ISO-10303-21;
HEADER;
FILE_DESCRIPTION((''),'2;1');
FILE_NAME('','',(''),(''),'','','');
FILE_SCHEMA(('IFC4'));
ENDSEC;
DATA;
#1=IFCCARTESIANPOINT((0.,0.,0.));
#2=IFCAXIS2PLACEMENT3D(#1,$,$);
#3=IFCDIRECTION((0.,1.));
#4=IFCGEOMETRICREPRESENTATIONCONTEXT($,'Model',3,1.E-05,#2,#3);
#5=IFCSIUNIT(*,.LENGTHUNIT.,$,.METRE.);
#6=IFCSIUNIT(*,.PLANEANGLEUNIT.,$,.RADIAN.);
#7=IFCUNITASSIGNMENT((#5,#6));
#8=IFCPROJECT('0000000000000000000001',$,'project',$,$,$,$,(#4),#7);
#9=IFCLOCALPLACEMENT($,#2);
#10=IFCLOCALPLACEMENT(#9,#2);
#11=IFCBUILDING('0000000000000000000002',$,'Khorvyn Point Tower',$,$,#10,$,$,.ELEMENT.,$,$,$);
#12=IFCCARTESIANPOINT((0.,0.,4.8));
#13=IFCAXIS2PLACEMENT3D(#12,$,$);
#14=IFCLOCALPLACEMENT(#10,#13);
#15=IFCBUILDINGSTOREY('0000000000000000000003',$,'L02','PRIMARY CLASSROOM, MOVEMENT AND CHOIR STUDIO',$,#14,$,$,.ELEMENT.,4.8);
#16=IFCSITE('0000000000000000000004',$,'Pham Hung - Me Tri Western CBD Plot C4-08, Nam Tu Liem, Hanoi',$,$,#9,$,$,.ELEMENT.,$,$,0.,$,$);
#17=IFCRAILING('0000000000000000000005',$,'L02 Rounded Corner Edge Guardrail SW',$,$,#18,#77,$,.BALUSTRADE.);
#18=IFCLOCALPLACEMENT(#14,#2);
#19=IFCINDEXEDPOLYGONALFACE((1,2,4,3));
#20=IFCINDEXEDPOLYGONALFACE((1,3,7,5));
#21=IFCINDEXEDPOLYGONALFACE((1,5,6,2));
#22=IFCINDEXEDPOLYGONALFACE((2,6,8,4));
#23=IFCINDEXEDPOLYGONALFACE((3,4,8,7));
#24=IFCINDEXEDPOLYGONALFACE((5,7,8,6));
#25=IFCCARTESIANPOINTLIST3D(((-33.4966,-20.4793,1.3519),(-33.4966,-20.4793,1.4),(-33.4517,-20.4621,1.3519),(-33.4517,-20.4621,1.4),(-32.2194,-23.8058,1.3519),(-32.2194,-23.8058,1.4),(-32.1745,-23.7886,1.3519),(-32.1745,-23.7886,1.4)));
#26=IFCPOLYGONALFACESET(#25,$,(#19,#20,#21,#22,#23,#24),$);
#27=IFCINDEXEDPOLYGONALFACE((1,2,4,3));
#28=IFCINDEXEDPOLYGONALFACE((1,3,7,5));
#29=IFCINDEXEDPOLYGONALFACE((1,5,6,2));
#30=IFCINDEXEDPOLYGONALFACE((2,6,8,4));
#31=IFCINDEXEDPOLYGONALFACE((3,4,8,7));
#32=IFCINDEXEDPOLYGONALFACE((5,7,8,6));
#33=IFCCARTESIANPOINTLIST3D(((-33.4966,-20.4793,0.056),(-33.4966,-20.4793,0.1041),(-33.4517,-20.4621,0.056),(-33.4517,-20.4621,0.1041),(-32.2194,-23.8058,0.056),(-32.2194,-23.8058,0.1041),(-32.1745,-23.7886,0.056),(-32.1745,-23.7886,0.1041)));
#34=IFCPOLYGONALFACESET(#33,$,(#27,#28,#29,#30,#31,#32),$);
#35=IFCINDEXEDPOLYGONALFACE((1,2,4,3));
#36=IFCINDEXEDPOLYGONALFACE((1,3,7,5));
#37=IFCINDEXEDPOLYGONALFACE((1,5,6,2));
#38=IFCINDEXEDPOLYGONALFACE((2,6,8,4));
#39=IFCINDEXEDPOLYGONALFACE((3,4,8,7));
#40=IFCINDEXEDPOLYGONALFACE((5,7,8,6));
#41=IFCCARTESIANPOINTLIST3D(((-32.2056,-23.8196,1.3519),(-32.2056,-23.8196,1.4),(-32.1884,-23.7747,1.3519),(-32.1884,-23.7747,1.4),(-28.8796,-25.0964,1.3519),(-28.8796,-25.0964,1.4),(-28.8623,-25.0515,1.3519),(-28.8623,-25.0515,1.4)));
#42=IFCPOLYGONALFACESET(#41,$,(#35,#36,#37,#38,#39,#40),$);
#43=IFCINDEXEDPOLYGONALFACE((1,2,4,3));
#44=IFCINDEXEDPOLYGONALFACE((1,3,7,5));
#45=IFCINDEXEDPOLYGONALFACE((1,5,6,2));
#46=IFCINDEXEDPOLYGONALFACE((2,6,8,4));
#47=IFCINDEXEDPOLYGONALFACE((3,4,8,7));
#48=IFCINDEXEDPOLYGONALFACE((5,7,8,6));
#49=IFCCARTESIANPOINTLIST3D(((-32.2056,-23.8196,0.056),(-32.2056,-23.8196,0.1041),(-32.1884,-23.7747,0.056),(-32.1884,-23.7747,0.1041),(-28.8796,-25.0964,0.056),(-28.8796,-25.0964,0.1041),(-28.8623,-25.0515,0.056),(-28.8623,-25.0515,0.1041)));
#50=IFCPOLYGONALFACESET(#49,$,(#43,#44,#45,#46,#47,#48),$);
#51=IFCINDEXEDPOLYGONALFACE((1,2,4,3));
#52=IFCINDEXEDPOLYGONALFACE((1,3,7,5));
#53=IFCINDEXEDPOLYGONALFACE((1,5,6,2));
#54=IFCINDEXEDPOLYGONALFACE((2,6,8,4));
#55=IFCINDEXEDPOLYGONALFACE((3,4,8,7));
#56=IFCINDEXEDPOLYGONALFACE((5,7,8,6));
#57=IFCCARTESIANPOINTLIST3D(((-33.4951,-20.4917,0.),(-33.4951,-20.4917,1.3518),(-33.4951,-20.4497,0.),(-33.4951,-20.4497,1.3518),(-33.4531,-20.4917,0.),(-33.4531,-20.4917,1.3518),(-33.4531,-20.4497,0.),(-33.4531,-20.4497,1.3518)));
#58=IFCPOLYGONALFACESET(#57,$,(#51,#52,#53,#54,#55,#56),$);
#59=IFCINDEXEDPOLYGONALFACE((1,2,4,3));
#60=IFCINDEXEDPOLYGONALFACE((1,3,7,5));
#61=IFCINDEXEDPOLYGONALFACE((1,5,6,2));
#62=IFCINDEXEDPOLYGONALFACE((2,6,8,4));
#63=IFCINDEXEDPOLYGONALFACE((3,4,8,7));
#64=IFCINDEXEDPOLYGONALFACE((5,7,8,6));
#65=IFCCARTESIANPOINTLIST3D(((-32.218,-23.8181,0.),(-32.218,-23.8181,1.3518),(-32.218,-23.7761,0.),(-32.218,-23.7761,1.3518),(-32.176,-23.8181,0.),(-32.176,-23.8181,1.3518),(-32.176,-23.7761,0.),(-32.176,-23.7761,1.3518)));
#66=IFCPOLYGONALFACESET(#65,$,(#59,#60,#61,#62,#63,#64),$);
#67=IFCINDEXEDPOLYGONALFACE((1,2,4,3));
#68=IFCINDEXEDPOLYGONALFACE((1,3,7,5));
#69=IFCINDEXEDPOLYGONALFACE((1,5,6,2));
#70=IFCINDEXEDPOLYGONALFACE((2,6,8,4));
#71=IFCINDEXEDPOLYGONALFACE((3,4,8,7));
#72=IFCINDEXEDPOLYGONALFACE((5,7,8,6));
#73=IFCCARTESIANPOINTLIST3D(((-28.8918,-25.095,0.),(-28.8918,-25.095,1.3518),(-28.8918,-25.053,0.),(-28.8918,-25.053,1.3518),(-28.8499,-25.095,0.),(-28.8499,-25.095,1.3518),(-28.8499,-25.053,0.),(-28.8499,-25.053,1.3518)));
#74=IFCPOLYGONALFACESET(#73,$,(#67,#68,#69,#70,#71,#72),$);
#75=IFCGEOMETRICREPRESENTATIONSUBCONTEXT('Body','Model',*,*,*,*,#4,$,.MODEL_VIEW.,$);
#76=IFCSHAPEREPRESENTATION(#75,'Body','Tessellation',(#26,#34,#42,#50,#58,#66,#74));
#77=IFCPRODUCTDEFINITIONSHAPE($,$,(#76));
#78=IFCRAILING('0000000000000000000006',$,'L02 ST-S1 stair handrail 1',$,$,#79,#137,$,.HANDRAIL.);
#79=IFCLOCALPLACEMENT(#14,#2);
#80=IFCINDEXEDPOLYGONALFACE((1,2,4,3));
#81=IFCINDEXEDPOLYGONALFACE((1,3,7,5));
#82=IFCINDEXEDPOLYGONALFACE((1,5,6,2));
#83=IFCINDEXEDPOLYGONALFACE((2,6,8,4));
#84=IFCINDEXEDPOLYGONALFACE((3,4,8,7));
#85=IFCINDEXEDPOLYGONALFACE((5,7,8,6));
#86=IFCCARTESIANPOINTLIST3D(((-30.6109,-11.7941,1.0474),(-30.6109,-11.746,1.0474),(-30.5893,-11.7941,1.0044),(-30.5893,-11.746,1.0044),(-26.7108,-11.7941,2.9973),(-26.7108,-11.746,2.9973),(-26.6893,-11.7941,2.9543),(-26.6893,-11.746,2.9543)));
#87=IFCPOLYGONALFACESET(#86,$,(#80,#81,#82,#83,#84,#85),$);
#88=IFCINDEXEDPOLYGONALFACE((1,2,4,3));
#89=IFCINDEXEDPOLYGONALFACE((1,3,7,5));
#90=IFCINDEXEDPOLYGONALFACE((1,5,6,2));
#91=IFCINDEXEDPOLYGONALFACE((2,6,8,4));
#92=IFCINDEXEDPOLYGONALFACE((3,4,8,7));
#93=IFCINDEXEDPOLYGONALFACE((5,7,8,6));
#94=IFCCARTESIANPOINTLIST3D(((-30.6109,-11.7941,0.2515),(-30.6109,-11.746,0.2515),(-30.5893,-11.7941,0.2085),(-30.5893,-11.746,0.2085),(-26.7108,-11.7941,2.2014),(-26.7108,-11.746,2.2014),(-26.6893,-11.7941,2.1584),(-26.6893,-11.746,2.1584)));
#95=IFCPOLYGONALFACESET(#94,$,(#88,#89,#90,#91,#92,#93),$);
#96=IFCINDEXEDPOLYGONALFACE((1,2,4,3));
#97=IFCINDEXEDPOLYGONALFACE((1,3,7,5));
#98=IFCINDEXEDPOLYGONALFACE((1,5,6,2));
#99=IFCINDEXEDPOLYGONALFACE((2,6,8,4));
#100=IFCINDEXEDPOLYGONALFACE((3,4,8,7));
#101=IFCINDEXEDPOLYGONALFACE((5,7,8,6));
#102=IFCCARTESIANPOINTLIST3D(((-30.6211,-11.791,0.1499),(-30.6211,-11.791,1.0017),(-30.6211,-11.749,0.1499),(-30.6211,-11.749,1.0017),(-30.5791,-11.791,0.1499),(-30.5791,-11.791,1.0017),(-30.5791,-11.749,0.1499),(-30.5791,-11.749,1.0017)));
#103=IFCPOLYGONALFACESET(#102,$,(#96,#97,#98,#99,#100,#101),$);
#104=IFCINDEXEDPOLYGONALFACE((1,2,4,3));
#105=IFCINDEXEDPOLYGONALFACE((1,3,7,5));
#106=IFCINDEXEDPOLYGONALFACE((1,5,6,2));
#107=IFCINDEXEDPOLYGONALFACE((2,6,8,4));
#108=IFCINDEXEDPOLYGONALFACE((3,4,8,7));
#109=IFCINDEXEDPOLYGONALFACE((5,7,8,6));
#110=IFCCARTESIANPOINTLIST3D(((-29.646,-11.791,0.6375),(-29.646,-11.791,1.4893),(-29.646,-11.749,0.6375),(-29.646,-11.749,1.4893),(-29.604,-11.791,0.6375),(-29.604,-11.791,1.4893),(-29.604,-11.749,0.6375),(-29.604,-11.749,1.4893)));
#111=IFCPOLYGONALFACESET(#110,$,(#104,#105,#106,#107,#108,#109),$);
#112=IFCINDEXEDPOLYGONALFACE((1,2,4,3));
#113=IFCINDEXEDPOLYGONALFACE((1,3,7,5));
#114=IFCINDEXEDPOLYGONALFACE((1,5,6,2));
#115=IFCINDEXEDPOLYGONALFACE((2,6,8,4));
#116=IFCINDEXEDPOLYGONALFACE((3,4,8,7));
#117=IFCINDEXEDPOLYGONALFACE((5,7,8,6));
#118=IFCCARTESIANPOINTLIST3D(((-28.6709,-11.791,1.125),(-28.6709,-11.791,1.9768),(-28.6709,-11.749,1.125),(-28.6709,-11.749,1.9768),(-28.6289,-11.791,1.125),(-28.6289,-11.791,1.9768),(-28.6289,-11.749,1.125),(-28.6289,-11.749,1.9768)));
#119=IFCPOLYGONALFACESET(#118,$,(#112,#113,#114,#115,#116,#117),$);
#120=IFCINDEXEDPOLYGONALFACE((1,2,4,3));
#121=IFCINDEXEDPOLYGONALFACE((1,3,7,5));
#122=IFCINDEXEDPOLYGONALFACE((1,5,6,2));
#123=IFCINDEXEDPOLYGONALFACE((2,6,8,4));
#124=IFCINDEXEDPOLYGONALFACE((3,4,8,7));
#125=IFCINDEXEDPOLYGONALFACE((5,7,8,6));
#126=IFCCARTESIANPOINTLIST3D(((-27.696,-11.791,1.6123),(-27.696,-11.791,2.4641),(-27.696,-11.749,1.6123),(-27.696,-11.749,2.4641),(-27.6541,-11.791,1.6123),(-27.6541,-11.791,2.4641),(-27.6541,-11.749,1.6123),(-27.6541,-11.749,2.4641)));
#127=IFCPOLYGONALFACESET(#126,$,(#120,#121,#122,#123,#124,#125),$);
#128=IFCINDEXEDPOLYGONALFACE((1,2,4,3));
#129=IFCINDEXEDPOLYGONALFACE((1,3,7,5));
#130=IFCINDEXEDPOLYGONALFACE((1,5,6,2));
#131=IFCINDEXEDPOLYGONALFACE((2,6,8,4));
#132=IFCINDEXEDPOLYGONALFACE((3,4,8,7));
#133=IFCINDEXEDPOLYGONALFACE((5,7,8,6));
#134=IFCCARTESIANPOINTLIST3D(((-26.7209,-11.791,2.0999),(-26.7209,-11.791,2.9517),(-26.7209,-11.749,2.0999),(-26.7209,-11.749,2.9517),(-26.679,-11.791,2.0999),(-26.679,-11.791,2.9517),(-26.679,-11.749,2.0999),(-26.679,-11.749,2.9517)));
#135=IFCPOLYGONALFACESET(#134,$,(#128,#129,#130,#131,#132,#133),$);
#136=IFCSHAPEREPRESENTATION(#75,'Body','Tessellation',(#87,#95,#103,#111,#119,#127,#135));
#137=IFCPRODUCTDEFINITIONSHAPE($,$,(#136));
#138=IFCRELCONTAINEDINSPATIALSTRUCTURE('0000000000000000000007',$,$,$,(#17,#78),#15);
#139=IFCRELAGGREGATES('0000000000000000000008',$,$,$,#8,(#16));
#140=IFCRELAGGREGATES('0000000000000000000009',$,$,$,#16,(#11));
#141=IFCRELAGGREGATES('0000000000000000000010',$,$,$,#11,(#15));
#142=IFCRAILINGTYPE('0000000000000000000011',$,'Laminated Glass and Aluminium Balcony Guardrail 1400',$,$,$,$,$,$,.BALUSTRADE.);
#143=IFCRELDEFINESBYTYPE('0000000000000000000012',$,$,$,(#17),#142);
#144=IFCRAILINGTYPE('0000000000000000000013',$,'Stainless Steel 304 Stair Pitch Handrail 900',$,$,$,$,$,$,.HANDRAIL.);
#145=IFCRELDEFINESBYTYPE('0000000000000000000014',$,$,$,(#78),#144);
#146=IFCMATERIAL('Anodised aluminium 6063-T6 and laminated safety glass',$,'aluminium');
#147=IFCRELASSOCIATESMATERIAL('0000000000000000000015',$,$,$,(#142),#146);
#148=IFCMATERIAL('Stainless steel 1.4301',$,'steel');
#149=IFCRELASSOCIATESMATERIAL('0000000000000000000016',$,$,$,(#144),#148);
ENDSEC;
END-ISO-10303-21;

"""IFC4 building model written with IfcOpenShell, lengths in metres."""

from ifc_helpers import new_model, si_unit, direction, frame, origin, origin_2d, place, context, subcontext, project, spatial, rectangle, extrude, material, type_object, element, save


model = new_model("IFC4")

# Units and contexts
model_context = context("Model", 3, precision=1e-05, world=origin(), true_north=direction((0.0, 1.0)))
body_context = subcontext(model_context, "Body", "Model", "MODEL_VIEW")
ifc_project = project(units=[si_unit("LENGTHUNIT", "METRE"), si_unit("PLANEANGLEUNIT", "RADIAN")], contexts=[model_context])

# Site, building, storey
site_placement = place(None, origin())
site = spatial("IfcSite", under=ifc_project, at=site_placement, Name="Pham Hung - Me Tri Western CBD Plot C4-08, Nam Tu Liem, Hanoi", CompositionType="ELEMENT", RefElevation=0.0)
building_placement = place(site_placement, origin())
building = spatial("IfcBuilding", under=site, at=building_placement, Name="Khorvyn Point Tower", CompositionType="ELEMENT")
storey_placement = place(building_placement, frame((0.0, 0.0, 4.8)))
storey = spatial("IfcBuildingStorey", under=building, at=storey_placement, Name="L02", Description="PRIMARY CLASSROOM, MOVEMENT AND CHOIR STUDIO", CompositionType="ELEMENT", Elevation=4.8)

# Railings
ifc_material_1 = material(Name="Anodised aluminium 6063-T6 and laminated safety glass", Category="aluminium")
railing_type_1 = type_object("IfcRailingType", Name="Laminated Glass and Aluminium Balcony Guardrail 1400", PredefinedType="BALUSTRADE", material=ifc_material_1)
railing_1_placement = place(storey_placement, frame((-33.4741, -20.4707, 0.0)))
element("IfcRailing", 1, at=railing_1_placement, inside=storey, type_object=railing_type_1, Name="L02 Rounded Corner Edge Guardrail SW", PredefinedType="BALUSTRADE", context=body_context, shape_type="SweptSolid", body=[
    extrude(rectangle(XDim=0.0481, YDim=0.0481, at=origin_2d()), frame((0.0, 0.0, 1.376), z_axis=(0.358419, -0.933561, 0.0), x_axis=(0.933561, 0.358419, 0.0)), (0.0, 0.0, 1.0), 3.5632),
    extrude(rectangle(XDim=0.0481, YDim=0.0481, at=origin_2d()), frame((0.0, 0.0, 0.0801), z_axis=(0.358419, -0.933561, 0.0), x_axis=(0.933561, 0.358419, 0.0)), (0.0, 0.0, 1.0), 3.5632),
    extrude(rectangle(XDim=0.0481, YDim=0.0481, at=origin_2d()), frame((1.2771, -3.3264, 1.376), z_axis=(0.933575, -0.358382, 0.0), x_axis=(0.358382, 0.933575, 0.0)), (0.0, 0.0, 1.0), 3.5627),
    extrude(rectangle(XDim=0.0481, YDim=0.0481, at=origin_2d()), frame((1.2771, -3.3264, 0.0801), z_axis=(0.933575, -0.358382, 0.0), x_axis=(0.358382, 0.933575, 0.0)), (0.0, 0.0, 1.0), 3.5627),
    extrude(rectangle(XDim=0.042, YDim=0.042, at=origin_2d()), origin(), (0.0, 0.0, 1.0), 1.3518),
    extrude(rectangle(XDim=0.042, YDim=0.042, at=origin_2d()), frame((1.2771, -3.3264, 0.0)), (0.0, 0.0, 1.0), 1.3518),
    extrude(rectangle(XDim=0.042, YDim=0.042, at=origin_2d()), frame((4.6033, -4.6033, 0.0)), (0.0, 0.0, 1.0), 1.3518),
])
ifc_material_2 = material(Name="Stainless steel 1.4301", Category="steel")
railing_type_2 = type_object("IfcRailingType", Name="Stainless Steel 304 Stair Pitch Handrail 900", PredefinedType="HANDRAIL", material=ifc_material_2)
railing_2_placement = place(storey_placement, frame((-30.6001, -11.77, 0.1499)))
element("IfcRailing", 2, at=railing_2_placement, inside=storey, type_object=railing_type_2, Name="L02 ST-S1 stair handrail 1", PredefinedType="HANDRAIL", context=body_context, shape_type="SweptSolid", body=[
    extrude(rectangle(XDim=0.0481, YDim=0.0481, at=origin_2d()), frame((0.0, 0.0, 0.876), z_axis=(0.894438, 0.0, 0.447191), x_axis=(0.0, 1.0, 0.0)), (0.0, 0.0, 1.0), 4.3604),
    extrude(rectangle(XDim=0.0481, YDim=0.0481, at=origin_2d()), frame((0.0, 0.0, 0.0801), z_axis=(0.894438, 0.0, 0.447191), x_axis=(0.0, 1.0, 0.0)), (0.0, 0.0, 1.0), 4.3604),
    extrude(rectangle(XDim=0.042, YDim=0.042, at=origin_2d()), origin(), (0.0, 0.0, 1.0), 0.8518),
    extrude(rectangle(XDim=0.042, YDim=0.042, at=origin_2d()), frame((0.9751, 0.0, 0.4875)), (0.0, 0.0, 1.0), 0.8518),
    extrude(rectangle(XDim=0.042, YDim=0.042, at=origin_2d()), frame((1.9502, 0.0, 0.9751)), (0.0, 0.0, 1.0), 0.8518),
    extrude(rectangle(XDim=0.042, YDim=0.042, at=origin_2d()), frame((2.925, 0.0, 1.4624)), (0.0, 0.0, 1.0), 0.8518),
    extrude(rectangle(XDim=0.042, YDim=0.042, at=origin_2d()), frame((3.9001, 0.0, 1.95)), (0.0, 0.0, 1.0), 0.8518),
])

save(model, "model.ifc")
